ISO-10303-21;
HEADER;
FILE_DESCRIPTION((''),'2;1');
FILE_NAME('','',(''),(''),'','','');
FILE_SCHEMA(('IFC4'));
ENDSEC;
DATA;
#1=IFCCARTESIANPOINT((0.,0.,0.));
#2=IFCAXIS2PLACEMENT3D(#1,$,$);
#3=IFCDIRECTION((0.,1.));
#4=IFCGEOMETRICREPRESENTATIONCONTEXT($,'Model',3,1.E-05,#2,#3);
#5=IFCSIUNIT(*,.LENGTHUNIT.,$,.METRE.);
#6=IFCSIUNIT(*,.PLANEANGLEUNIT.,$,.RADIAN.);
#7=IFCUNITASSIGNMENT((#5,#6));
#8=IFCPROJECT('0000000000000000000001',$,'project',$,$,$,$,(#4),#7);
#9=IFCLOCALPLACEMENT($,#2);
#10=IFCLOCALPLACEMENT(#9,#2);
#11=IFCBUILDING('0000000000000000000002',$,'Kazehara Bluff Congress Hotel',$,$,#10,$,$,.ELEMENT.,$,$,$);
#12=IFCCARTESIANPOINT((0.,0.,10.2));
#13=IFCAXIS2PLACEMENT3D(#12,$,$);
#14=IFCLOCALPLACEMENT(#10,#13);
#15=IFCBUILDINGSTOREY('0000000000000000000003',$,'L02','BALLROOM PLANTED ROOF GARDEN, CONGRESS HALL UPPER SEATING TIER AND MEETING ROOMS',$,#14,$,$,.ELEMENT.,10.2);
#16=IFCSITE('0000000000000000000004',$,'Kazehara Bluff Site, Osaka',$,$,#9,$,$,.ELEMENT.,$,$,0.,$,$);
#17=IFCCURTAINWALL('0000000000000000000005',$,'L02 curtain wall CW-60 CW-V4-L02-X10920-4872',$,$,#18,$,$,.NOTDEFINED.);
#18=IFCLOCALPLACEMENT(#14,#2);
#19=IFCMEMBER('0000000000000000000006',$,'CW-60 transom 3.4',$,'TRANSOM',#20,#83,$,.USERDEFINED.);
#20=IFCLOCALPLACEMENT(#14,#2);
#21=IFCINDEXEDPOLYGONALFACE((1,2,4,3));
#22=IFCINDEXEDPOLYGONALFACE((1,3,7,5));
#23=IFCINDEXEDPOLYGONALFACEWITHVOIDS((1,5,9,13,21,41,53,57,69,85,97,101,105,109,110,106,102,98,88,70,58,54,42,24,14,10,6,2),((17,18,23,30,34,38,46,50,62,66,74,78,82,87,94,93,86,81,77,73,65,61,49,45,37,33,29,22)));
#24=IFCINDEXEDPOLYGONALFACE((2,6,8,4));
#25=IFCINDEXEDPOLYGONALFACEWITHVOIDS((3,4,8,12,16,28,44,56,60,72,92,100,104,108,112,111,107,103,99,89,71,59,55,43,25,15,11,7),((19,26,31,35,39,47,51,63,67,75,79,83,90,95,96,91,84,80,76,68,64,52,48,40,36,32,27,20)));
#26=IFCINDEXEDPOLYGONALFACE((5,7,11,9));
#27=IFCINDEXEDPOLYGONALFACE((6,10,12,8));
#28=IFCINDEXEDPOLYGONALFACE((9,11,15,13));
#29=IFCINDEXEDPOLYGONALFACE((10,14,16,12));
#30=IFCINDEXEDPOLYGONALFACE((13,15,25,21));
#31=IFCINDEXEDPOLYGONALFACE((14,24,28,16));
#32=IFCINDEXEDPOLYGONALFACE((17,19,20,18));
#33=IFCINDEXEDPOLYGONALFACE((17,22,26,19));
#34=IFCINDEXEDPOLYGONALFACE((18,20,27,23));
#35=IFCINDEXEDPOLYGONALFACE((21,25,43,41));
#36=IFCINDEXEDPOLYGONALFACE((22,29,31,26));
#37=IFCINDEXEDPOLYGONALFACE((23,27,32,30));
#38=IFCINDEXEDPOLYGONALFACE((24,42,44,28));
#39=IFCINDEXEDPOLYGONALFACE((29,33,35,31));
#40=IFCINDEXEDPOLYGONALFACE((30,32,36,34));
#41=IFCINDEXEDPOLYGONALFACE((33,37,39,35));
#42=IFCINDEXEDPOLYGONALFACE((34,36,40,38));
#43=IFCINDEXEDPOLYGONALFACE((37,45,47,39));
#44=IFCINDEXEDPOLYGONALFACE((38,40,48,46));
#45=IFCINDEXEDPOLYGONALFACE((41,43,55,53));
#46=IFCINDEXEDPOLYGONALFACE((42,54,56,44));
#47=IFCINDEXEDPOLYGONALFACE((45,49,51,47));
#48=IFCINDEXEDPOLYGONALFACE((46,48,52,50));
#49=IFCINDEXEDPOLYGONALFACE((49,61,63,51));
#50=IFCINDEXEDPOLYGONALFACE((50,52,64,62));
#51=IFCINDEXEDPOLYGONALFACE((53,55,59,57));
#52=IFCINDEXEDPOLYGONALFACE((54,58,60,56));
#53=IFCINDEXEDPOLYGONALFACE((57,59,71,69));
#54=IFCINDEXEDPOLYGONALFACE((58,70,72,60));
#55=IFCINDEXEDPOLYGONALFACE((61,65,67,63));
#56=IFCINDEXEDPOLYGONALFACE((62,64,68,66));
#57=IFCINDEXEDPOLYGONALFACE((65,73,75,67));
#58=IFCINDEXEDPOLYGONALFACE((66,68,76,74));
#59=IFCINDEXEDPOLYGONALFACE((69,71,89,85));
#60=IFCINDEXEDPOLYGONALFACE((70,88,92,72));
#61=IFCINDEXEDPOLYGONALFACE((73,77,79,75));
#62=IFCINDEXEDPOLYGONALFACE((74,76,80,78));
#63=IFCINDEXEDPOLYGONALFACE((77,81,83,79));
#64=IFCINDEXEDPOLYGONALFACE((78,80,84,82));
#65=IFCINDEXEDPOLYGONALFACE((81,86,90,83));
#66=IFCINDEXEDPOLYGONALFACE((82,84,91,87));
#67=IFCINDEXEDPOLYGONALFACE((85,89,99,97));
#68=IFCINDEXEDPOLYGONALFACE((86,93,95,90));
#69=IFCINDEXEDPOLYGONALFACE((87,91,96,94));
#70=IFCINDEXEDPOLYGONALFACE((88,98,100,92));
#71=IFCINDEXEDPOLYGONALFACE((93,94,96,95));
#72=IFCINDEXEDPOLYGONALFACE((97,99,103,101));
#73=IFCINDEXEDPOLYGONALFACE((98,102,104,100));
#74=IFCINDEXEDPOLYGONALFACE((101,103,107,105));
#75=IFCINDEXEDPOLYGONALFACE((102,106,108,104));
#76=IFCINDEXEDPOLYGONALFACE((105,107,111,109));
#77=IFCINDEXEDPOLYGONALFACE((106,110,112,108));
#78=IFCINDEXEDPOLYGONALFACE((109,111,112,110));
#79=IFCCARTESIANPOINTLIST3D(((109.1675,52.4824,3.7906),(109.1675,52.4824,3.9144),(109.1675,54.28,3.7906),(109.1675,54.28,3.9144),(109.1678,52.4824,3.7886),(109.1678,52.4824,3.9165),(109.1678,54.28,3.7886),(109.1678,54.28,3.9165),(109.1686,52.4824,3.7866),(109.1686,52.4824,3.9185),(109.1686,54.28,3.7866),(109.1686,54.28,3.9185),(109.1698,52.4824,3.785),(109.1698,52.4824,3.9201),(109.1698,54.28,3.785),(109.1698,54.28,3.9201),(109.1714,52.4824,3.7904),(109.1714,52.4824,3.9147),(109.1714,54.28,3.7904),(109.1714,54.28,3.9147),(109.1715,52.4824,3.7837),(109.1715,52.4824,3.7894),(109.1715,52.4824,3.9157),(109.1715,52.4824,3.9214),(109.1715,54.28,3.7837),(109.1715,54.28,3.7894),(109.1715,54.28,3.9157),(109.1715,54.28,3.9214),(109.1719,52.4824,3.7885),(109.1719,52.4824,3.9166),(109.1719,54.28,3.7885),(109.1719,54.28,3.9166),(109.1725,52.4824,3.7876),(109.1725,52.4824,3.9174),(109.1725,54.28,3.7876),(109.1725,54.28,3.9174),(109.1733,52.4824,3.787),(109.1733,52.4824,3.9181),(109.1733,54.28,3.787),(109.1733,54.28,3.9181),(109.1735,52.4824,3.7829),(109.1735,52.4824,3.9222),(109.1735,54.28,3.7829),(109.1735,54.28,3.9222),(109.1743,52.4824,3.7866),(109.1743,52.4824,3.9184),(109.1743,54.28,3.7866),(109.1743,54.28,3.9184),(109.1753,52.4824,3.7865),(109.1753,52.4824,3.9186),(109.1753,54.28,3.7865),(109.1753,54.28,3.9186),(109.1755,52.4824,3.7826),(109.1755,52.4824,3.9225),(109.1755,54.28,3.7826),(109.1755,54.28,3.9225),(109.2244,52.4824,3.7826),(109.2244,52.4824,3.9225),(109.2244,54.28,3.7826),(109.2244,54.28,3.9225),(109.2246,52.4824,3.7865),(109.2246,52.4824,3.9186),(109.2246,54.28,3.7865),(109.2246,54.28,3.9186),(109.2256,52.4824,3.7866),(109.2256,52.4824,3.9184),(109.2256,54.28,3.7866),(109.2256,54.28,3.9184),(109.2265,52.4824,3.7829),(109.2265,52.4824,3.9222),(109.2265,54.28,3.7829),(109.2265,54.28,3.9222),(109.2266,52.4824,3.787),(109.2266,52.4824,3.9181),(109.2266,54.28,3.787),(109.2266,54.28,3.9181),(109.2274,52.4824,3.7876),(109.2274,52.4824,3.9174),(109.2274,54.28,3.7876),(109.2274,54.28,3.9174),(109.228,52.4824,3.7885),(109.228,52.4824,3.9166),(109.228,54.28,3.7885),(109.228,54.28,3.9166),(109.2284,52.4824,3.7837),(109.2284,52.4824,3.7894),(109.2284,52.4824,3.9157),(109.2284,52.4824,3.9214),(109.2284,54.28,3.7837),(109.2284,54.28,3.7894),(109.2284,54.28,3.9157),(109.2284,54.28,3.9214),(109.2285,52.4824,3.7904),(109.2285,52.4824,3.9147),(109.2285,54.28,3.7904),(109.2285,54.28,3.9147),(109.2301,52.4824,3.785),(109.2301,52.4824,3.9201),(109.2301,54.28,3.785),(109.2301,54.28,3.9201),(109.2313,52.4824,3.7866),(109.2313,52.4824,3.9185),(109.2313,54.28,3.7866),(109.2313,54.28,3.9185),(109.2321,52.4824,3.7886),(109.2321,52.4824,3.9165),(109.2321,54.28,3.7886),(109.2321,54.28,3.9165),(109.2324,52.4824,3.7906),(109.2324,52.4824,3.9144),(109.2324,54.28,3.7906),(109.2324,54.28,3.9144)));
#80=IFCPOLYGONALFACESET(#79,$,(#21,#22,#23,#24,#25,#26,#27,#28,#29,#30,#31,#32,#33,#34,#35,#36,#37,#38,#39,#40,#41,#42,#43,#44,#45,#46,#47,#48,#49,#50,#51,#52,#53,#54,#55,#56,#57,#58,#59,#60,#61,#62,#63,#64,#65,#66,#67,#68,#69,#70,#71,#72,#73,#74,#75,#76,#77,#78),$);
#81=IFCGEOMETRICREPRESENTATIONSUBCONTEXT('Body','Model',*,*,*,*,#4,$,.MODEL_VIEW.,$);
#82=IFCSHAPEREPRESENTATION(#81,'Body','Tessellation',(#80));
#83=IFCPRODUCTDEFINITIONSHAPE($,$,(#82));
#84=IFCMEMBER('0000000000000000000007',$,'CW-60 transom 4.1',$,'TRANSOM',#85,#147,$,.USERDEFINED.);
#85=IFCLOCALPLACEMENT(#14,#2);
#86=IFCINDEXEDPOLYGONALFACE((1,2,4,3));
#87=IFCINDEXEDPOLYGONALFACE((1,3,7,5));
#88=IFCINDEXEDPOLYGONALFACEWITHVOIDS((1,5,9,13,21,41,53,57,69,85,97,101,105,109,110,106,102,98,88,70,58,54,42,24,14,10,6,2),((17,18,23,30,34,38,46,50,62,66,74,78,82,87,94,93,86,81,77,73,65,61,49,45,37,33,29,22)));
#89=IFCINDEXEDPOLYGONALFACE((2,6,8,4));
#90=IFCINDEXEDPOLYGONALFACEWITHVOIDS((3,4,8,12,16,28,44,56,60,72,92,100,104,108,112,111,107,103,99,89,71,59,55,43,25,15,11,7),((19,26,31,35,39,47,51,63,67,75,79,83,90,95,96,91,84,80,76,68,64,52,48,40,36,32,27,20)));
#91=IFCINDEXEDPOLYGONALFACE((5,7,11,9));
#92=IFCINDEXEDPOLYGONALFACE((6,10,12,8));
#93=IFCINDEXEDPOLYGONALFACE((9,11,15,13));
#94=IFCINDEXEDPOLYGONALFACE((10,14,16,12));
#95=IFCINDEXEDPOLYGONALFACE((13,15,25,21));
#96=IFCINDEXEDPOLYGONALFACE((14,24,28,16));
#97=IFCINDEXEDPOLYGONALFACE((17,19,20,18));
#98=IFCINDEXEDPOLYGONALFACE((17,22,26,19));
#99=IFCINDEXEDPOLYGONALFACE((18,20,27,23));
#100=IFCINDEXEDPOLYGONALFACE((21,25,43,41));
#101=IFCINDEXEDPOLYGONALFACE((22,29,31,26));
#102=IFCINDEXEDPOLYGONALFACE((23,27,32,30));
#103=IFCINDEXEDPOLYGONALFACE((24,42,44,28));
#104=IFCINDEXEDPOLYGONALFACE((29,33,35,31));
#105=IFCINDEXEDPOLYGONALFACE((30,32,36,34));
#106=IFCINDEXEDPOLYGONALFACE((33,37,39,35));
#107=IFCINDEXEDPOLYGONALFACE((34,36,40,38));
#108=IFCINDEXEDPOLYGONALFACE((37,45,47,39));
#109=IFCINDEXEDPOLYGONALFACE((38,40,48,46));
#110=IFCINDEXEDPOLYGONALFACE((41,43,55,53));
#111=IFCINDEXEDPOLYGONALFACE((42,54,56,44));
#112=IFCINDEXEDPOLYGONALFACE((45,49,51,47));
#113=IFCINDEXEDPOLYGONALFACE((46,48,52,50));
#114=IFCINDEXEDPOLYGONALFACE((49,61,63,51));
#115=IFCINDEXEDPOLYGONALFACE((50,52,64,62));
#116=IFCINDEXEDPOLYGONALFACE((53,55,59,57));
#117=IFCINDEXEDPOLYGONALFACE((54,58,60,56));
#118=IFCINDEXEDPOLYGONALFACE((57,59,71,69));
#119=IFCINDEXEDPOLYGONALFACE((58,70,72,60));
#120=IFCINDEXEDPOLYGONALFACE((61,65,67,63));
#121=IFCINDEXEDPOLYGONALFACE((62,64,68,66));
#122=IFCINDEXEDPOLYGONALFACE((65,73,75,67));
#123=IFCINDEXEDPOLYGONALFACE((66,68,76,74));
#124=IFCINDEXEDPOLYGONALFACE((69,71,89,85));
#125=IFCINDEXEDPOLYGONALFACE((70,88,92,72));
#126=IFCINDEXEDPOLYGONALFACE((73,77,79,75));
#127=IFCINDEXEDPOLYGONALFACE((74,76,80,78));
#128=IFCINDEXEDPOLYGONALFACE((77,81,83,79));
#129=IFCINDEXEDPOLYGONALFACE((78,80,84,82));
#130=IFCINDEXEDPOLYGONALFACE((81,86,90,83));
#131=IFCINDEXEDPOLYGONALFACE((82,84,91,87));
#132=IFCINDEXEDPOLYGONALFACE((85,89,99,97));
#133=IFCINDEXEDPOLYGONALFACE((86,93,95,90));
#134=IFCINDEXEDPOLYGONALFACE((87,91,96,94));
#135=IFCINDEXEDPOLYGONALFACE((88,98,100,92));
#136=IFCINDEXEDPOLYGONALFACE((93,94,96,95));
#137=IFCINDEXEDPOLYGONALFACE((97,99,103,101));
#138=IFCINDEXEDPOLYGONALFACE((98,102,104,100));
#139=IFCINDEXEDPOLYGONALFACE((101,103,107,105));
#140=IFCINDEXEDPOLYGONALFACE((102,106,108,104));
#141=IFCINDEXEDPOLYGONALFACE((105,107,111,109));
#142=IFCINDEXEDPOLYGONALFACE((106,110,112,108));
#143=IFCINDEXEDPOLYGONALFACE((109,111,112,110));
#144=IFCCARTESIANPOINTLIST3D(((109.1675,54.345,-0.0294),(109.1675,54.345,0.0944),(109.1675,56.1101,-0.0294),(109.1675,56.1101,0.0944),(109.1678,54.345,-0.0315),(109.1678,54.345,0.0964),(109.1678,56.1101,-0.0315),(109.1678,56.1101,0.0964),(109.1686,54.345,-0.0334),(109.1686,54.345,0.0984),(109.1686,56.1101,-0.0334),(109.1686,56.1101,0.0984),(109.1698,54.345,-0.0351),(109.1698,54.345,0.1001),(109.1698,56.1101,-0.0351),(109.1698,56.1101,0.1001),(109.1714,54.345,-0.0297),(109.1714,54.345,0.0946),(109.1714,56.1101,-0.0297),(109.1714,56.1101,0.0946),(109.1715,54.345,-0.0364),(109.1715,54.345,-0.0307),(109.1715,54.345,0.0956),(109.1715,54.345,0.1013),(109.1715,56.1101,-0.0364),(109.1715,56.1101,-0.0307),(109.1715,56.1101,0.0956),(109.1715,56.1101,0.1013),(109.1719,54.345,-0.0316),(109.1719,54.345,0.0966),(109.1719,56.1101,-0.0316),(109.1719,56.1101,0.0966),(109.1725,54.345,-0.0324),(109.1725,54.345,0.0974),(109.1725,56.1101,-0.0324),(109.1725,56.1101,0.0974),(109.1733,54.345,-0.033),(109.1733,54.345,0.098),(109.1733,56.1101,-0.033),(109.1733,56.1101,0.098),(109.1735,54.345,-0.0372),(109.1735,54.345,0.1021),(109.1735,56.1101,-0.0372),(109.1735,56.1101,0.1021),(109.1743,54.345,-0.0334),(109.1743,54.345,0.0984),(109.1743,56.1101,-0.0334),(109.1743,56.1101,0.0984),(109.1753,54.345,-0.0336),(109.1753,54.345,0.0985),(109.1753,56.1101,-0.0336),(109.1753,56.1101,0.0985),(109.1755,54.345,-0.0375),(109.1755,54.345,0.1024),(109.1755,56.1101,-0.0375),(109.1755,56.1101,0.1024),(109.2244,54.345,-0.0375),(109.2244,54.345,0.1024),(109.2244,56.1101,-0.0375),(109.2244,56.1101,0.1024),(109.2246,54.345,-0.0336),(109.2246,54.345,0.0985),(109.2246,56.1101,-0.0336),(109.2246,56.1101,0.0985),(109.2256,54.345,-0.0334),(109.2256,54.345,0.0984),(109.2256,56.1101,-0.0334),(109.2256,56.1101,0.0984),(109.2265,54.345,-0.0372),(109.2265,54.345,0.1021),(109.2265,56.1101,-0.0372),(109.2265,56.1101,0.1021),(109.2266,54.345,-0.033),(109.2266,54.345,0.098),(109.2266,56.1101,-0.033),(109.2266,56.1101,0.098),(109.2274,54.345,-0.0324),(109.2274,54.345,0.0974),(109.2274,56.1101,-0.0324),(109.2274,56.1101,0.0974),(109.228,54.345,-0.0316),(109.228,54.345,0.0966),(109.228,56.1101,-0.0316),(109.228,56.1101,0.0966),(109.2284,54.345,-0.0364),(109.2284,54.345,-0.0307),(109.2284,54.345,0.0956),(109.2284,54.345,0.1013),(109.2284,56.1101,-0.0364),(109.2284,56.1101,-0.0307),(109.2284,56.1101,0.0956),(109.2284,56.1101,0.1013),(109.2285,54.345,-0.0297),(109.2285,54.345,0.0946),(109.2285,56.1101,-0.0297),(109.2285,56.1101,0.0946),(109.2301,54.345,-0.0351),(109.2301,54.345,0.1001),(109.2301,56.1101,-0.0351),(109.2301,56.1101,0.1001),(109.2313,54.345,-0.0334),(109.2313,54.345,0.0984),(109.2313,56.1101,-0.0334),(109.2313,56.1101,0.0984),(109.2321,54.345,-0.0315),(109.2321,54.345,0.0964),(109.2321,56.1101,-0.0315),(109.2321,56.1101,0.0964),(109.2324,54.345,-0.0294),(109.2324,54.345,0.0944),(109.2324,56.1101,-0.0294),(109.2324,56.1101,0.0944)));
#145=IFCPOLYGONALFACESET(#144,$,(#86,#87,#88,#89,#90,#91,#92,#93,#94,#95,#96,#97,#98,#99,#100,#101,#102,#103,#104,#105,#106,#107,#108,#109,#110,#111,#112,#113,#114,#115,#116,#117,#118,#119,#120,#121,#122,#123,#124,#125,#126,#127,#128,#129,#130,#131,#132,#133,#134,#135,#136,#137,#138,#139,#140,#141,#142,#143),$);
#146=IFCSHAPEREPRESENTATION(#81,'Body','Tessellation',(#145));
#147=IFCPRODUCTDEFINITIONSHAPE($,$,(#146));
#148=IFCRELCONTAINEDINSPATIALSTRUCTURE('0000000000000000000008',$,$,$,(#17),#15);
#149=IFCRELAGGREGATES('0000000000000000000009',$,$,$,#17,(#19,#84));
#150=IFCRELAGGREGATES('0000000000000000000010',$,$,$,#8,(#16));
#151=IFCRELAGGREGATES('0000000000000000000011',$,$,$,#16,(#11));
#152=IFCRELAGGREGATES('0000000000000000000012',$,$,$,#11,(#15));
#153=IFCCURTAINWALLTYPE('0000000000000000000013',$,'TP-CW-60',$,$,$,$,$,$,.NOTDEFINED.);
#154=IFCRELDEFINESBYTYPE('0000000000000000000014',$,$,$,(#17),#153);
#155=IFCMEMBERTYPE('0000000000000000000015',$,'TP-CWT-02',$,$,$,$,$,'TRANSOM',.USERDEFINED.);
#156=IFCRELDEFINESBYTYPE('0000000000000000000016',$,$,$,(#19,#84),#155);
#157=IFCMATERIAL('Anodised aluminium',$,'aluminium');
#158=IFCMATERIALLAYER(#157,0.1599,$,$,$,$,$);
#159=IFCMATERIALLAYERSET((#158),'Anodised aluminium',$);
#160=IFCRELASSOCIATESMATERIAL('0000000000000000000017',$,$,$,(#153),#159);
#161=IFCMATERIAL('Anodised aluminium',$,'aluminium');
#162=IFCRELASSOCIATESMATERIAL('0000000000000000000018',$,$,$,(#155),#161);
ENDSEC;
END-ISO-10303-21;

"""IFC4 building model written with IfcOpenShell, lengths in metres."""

from ifc_helpers import new_model, si_unit, direction, frame, origin, origin_2d, place, context, subcontext, project, spatial, hollow_rectangle, extrude, material, layer, layer_set, material_profile, profile_set, type_object, element, aggregate, save


model = new_model("IFC4")

# Units and contexts
model_context = context("Model", 3, precision=1e-05, world=origin(), true_north=direction((0.0, 1.0)))
body_context = subcontext(model_context, "Body", "Model", "MODEL_VIEW")
ifc_project = project(units=[si_unit("LENGTHUNIT", "METRE"), si_unit("PLANEANGLEUNIT", "RADIAN")], contexts=[model_context])

# Site, building, storey
site_placement = place(None, origin())
site = spatial("IfcSite", under=ifc_project, at=site_placement, Name="Kazehara Bluff Site, Osaka", CompositionType="ELEMENT", RefElevation=0.0)
building_placement = place(site_placement, origin())
building = spatial("IfcBuilding", under=site, at=building_placement, Name="Kazehara Bluff Congress Hotel", CompositionType="ELEMENT")
storey_placement = place(building_placement, frame((0.0, 0.0, 10.2)))
storey = spatial("IfcBuildingStorey", under=building, at=storey_placement, Name="L02", Description="BALLROOM PLANTED ROOF GARDEN, CONGRESS HALL UPPER SEATING TIER AND MEETING ROOMS", CompositionType="ELEMENT", Elevation=10.2)

# Curtain wall, members
ifc_material_1 = material(Name="Anodised aluminium", Category="aluminium")
ifc_layer_1 = layer(ifc_material_1, 0.1599)
ifc_layer_set_1 = layer_set([ifc_layer_1], Name="Anodised aluminium")
curtain_wall_type = type_object("IfcCurtainWallType", Name="TP-CW-60", PredefinedType="NOTDEFINED", material=ifc_layer_set_1)
curtain_wall_placement = place(storey_placement, origin())
curtain_wall = element("IfcCurtainWall", 1, at=curtain_wall_placement, inside=storey, type_object=curtain_wall_type, Name="L02 curtain wall CW-60 CW-V4-L02-X10920-4872", PredefinedType="NOTDEFINED")
ifc_material_2 = material(Name="Anodised aluminium", Category="aluminium")
ifc_material_profile_1 = material_profile(ifc_material_2, hollow_rectangle(XDim=0.0649, YDim=0.1399, WallThickness=0.0039, InnerFilletRadius=0.0039, OuterFilletRadius=0.0081, at=origin_2d()))
ifc_profile_set_1 = profile_set([ifc_material_profile_1], Name="Anodised aluminium")
member_type_1 = type_object("IfcMemberType", Name="TP-CWT-02", ElementType="TRANSOM", PredefinedType="USERDEFINED", material=ifc_profile_set_1)
member_1_placement = place(storey_placement, frame((109.2, 52.4824, 3.8525), z_axis=(0.0, 1.0, 0.0), x_axis=(-1.0, 0.0, 0.0)))
member_1 = element("IfcMember", 2, at=member_1_placement, type_object=member_type_1, Name="CW-60 transom 3.4", ObjectType="TRANSOM", PredefinedType="USERDEFINED", context=body_context, shape_type="SweptSolid", body=[
    extrude(hollow_rectangle(XDim=0.0649, YDim=0.1399, WallThickness=0.0039, InnerFilletRadius=0.0039, OuterFilletRadius=0.0081, at=origin_2d()), origin(), (0.0, 0.0, 1.0), 1.7976),
])
member_2_placement = place(storey_placement, frame((109.2, 54.345, 0.0325), z_axis=(0.0, 1.0, 0.0), x_axis=(-1.0, 0.0, 0.0)))
member_2 = element("IfcMember", 3, at=member_2_placement, type_object=member_type_1, Name="CW-60 transom 4.1", ObjectType="TRANSOM", PredefinedType="USERDEFINED", context=body_context, shape_type="SweptSolid", body=[
    extrude(hollow_rectangle(XDim=0.0649, YDim=0.1399, WallThickness=0.0039, InnerFilletRadius=0.0039, OuterFilletRadius=0.0081, at=origin_2d()), origin(), (0.0, 0.0, 1.0), 1.7651),
])

aggregate(curtain_wall, [member_1, member_2])

save(model, "model.ifc")
